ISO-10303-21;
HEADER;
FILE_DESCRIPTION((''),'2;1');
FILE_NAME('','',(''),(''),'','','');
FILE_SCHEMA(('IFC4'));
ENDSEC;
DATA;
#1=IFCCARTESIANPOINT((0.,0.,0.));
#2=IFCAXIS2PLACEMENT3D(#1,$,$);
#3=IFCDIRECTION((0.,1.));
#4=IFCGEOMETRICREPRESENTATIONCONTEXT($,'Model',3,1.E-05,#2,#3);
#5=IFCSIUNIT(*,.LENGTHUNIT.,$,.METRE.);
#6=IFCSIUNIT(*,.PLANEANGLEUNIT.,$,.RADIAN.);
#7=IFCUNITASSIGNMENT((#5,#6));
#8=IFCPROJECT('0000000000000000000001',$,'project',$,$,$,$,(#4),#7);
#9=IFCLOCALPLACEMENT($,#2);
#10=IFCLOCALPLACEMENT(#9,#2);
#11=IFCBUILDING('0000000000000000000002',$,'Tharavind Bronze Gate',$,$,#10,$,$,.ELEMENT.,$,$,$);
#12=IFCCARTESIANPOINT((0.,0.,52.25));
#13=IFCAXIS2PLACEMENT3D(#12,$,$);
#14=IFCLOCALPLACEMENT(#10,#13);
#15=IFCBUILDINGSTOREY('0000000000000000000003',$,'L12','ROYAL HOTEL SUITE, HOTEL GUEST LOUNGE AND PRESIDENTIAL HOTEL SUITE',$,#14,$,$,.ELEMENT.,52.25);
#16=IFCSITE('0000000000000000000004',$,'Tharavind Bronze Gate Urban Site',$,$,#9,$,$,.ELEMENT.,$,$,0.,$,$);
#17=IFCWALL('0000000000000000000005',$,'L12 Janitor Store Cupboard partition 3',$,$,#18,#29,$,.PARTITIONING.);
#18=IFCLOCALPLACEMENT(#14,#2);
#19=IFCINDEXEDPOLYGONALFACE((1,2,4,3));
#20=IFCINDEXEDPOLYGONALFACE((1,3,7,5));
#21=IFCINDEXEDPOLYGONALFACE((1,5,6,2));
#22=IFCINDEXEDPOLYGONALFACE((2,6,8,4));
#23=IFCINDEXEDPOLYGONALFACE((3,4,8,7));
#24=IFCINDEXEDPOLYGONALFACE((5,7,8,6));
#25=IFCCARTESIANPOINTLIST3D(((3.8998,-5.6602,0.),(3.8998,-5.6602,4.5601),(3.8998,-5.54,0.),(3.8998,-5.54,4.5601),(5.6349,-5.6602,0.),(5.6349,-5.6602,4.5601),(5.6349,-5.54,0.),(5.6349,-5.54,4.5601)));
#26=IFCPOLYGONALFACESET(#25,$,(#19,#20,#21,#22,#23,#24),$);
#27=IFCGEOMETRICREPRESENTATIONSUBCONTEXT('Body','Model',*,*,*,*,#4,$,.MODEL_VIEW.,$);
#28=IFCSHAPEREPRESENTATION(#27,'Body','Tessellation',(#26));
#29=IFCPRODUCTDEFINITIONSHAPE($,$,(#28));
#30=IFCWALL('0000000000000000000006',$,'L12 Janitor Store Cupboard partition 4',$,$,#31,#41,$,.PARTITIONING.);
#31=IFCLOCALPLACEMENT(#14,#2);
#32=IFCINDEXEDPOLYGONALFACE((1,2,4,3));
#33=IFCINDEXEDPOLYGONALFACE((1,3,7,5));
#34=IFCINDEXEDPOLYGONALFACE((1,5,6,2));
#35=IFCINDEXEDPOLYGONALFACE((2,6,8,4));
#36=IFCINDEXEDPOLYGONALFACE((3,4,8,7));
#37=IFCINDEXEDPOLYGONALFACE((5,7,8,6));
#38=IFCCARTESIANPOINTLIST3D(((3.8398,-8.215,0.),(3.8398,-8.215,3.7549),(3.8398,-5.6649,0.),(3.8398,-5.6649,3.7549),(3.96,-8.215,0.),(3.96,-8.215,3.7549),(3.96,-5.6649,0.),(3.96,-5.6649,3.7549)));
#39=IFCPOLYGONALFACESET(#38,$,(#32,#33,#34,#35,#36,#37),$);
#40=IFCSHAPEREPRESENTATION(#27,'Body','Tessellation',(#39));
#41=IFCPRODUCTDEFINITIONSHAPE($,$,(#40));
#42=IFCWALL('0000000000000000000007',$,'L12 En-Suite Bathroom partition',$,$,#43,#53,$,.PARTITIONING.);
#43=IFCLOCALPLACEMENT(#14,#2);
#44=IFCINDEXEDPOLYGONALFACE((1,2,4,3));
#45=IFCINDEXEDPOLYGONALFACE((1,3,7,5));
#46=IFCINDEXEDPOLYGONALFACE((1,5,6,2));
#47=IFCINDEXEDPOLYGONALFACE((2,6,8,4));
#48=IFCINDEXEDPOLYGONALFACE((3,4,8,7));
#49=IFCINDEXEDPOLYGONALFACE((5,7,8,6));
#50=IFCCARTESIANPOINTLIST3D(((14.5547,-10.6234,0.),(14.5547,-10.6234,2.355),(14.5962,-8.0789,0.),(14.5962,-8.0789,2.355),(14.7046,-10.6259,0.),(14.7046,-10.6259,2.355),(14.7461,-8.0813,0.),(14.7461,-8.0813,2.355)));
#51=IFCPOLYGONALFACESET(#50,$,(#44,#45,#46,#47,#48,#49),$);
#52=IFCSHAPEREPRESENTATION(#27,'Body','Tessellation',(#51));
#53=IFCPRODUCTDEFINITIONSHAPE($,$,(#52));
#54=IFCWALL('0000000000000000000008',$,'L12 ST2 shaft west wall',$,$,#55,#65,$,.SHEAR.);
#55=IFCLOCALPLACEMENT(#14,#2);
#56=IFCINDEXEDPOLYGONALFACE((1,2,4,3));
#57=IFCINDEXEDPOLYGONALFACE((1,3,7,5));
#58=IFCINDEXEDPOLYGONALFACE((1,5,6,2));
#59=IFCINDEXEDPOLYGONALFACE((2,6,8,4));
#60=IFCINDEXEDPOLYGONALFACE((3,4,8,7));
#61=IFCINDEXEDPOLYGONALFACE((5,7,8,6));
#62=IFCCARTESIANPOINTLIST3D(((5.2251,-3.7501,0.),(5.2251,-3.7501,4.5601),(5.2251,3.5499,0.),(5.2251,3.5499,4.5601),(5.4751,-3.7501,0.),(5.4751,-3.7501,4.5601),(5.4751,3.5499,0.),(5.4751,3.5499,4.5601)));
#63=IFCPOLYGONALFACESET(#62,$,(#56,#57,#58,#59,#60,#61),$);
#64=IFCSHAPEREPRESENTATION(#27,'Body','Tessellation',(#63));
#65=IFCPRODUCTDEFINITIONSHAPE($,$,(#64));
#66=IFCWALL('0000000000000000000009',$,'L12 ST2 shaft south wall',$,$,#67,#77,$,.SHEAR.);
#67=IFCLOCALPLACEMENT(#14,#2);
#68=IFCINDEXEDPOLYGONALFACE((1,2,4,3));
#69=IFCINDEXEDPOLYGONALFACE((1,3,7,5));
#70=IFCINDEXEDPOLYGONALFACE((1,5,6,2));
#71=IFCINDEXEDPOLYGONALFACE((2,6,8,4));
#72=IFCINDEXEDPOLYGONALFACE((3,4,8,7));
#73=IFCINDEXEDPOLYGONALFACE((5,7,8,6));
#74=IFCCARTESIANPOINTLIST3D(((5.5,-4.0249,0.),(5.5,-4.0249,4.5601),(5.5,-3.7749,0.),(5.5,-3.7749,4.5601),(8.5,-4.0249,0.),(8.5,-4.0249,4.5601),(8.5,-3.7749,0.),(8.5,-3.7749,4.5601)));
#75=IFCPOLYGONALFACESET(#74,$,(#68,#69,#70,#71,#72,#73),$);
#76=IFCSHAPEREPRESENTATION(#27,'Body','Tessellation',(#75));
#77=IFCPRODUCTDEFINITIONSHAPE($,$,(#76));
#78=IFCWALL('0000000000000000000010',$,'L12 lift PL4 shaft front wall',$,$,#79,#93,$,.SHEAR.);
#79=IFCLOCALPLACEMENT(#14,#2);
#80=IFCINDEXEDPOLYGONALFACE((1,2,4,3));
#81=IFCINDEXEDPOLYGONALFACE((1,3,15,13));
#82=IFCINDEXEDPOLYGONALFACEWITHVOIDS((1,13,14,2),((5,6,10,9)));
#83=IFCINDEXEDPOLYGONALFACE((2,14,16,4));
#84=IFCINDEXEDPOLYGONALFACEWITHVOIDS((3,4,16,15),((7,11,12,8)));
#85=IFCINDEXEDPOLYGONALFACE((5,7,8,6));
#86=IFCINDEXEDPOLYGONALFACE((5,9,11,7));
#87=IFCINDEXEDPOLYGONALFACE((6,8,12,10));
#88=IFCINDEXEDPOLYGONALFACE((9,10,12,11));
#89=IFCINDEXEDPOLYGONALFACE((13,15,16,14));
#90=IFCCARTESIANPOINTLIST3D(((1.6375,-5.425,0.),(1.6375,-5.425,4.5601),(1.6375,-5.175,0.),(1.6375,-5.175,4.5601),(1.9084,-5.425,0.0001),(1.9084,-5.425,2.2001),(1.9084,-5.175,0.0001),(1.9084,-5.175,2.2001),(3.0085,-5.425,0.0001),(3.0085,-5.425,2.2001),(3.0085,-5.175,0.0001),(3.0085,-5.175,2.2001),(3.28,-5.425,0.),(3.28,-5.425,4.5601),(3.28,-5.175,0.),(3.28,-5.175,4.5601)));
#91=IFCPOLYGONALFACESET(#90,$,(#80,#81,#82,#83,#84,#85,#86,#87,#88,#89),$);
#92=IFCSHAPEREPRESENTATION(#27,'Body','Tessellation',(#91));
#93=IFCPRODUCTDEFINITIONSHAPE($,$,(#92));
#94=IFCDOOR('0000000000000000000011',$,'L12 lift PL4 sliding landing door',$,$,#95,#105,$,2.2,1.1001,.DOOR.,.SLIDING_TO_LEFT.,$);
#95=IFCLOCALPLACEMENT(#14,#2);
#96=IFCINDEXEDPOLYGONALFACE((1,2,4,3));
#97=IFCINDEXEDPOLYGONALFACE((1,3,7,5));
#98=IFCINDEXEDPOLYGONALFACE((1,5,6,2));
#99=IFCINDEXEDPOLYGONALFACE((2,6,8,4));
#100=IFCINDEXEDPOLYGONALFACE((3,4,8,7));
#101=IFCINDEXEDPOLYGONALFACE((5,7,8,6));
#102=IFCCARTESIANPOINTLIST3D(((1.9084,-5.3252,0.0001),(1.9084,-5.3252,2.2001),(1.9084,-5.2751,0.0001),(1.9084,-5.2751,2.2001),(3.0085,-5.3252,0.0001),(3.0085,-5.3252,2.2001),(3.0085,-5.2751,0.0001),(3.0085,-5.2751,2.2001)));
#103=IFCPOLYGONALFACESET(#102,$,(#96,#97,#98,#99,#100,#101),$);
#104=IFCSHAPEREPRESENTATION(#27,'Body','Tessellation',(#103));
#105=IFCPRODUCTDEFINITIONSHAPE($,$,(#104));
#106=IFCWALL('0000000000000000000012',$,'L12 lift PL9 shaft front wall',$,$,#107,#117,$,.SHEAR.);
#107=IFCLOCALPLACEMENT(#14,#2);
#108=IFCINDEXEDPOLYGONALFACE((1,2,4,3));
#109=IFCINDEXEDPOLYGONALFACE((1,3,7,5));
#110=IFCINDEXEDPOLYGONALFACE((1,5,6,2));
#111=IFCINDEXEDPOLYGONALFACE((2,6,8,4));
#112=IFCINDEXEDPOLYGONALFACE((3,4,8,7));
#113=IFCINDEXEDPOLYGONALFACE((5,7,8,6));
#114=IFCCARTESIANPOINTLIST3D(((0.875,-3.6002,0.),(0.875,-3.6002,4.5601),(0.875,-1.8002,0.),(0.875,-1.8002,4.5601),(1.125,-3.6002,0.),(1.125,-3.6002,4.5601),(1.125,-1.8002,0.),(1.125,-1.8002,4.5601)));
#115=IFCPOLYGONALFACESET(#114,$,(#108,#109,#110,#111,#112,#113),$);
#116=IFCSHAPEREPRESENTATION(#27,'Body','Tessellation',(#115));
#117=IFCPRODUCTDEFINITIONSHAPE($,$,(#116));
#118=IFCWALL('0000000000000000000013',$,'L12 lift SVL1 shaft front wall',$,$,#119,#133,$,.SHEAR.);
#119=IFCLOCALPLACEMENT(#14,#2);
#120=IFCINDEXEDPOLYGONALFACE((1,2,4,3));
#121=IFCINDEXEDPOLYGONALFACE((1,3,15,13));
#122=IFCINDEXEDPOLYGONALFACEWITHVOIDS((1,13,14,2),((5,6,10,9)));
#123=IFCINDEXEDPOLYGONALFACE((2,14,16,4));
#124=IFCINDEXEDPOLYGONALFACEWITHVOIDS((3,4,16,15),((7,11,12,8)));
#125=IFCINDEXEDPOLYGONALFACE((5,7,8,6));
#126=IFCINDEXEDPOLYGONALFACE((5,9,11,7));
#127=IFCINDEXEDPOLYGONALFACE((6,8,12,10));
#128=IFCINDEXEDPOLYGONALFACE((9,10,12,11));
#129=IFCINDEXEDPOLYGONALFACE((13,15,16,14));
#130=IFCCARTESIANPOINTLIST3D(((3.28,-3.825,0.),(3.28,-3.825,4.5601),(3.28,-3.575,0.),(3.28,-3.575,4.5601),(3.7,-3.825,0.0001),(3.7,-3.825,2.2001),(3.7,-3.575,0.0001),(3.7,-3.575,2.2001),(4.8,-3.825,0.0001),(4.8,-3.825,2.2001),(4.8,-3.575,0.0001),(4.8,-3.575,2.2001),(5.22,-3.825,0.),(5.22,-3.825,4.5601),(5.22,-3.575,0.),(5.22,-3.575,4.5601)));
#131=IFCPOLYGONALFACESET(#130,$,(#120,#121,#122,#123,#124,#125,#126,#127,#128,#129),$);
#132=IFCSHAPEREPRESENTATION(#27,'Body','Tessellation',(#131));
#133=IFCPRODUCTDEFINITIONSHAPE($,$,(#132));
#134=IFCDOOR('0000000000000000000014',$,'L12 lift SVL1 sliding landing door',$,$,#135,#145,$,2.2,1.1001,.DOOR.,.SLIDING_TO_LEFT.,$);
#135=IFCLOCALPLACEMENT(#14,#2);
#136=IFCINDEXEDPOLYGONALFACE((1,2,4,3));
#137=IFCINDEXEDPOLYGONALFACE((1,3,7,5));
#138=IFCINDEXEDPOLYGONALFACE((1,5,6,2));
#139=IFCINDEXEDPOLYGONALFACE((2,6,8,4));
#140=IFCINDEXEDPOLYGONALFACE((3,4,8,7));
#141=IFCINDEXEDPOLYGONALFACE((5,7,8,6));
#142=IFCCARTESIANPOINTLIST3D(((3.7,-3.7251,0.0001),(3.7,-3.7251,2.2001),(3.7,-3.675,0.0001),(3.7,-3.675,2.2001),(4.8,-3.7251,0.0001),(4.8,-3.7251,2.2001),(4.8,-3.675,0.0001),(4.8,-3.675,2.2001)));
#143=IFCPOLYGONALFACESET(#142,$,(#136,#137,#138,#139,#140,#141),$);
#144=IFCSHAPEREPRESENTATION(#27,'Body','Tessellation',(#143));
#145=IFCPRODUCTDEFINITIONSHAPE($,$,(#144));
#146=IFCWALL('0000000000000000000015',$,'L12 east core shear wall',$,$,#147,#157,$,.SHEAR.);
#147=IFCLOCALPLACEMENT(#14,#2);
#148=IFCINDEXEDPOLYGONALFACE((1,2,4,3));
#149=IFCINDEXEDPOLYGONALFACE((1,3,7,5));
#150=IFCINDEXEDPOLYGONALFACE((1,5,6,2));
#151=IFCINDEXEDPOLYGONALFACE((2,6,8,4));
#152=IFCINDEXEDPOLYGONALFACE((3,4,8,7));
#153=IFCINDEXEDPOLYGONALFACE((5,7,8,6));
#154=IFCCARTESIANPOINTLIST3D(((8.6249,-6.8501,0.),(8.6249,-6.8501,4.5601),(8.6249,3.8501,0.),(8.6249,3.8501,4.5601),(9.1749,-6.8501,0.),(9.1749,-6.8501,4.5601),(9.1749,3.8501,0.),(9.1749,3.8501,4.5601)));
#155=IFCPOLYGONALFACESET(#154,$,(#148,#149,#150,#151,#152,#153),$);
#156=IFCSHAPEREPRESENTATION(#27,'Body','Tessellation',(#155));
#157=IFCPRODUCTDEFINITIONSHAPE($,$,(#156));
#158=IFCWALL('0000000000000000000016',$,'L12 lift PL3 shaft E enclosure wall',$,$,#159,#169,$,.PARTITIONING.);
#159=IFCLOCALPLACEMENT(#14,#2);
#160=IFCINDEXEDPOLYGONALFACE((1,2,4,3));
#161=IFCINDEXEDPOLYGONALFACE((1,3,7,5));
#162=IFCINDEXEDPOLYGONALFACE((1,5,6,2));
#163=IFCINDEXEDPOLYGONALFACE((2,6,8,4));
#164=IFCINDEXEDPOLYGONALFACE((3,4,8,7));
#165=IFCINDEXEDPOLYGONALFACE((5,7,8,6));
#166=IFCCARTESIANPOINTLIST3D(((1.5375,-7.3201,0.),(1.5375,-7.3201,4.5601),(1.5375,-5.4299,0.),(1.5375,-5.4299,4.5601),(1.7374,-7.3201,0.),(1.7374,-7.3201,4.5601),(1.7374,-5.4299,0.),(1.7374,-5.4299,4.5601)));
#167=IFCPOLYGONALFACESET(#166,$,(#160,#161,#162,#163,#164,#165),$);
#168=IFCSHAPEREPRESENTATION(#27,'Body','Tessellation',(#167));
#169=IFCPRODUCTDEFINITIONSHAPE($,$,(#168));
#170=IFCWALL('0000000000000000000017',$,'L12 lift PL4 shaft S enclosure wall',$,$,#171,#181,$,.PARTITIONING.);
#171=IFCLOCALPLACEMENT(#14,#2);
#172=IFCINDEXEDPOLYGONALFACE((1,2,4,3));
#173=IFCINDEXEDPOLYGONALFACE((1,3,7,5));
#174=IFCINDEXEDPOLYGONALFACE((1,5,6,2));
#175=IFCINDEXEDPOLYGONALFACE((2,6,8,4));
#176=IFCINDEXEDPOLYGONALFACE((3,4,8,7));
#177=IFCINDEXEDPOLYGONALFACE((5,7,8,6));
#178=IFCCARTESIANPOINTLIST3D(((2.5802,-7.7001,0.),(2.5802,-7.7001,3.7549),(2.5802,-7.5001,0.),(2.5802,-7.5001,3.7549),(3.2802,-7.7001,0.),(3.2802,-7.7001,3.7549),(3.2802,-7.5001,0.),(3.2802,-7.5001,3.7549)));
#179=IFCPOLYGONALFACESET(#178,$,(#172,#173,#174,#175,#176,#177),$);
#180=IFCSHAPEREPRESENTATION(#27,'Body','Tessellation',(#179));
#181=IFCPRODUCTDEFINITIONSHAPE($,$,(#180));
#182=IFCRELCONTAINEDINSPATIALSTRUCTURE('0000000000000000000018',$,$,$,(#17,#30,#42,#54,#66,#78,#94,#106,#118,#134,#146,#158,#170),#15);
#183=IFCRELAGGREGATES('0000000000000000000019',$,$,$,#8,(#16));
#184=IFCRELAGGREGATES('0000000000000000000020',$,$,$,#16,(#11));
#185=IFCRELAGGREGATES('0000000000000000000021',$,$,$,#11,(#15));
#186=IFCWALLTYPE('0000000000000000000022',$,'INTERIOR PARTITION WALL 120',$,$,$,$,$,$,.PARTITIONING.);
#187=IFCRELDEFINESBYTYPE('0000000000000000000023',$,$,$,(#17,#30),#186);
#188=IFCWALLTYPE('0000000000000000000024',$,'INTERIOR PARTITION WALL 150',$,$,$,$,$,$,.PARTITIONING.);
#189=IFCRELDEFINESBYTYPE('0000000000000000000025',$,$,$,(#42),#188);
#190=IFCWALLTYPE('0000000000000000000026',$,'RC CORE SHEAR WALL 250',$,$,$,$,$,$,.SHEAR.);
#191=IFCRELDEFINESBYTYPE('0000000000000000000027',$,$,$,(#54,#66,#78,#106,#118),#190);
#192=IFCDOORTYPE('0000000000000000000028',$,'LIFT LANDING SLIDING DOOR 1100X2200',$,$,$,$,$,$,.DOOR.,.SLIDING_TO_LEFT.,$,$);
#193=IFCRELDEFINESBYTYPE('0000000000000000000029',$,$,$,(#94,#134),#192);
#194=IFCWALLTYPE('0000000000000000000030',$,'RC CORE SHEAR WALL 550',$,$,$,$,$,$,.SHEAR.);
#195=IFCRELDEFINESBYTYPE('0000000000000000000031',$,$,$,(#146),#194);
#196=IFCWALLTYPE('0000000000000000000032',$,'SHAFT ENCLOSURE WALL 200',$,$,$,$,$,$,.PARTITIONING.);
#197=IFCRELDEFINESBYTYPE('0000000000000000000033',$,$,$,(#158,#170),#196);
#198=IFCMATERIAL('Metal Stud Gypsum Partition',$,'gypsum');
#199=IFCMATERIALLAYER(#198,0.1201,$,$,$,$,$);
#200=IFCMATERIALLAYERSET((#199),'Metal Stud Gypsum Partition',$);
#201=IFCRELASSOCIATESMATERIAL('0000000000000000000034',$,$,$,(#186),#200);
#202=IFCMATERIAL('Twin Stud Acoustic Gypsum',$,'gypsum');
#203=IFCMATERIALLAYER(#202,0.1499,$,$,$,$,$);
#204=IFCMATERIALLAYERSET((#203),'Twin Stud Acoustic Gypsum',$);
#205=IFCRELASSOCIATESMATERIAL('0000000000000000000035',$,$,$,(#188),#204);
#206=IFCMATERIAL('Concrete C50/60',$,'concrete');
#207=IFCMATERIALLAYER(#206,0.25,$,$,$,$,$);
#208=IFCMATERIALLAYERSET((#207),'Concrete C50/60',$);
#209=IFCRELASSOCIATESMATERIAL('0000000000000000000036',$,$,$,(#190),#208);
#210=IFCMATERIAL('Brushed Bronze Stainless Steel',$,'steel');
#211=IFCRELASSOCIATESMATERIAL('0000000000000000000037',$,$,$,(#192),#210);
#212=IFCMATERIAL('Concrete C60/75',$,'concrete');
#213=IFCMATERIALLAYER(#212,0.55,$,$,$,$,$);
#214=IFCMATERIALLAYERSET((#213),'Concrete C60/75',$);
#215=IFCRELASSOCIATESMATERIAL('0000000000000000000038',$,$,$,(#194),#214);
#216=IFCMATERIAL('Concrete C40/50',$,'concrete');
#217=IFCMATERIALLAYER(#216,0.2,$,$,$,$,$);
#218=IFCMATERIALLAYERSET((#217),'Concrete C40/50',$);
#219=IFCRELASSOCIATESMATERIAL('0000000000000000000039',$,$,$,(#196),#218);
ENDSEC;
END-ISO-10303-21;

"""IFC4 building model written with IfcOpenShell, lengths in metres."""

from ifc_helpers import new_model, si_unit, direction, frame, frame_2d, origin, place, context, subcontext, project, spatial, rectangle, extrude, material, layer, layer_set, type_object, element, fill, save


model = new_model("IFC4")

# Units and contexts
model_context = context("Model", 3, precision=1e-05, world=origin(), true_north=direction((0.0, 1.0)))
body_context = subcontext(model_context, "Body", "Model", "MODEL_VIEW")
ifc_project = project(units=[si_unit("LENGTHUNIT", "METRE"), si_unit("PLANEANGLEUNIT", "RADIAN")], contexts=[model_context])

# Site, building, storey
site_placement = place(None, origin())
site = spatial("IfcSite", under=ifc_project, at=site_placement, Name="Tharavind Bronze Gate Urban Site", CompositionType="ELEMENT", RefElevation=0.0)
building_placement = place(site_placement, origin())
building = spatial("IfcBuilding", under=site, at=building_placement, Name="Tharavind Bronze Gate", CompositionType="ELEMENT")
storey_placement = place(building_placement, frame((0.0, 0.0, 52.25)))
storey = spatial("IfcBuildingStorey", under=building, at=storey_placement, Name="L12", Description="ROYAL HOTEL SUITE, HOTEL GUEST LOUNGE AND PRESIDENTIAL HOTEL SUITE", CompositionType="ELEMENT", Elevation=52.25)

# Walls
ifc_material_1 = material(Name="Metal Stud Gypsum Partition", Category="gypsum")
ifc_layer_1 = layer(ifc_material_1, 0.1201)
ifc_layer_set_1 = layer_set([ifc_layer_1], Name="Metal Stud Gypsum Partition")
wall_type_1 = type_object("IfcWallType", Name="INTERIOR PARTITION WALL 120", PredefinedType="PARTITIONING", material=ifc_layer_set_1)
wall_1_placement = place(storey_placement, frame((5.635, -5.6001, 0.0), z_axis=(0.0, 0.0, 1.0), x_axis=(-1.0, 0.0, 0.0)))
element("IfcWall", 1, at=wall_1_placement, inside=storey, type_object=wall_type_1, Name="L12 Janitor Store Cupboard partition 3", PredefinedType="PARTITIONING", context=body_context, shape_type="SweptSolid", body=[
    extrude(rectangle(XDim=1.7351, YDim=0.1201, at=frame_2d((0.8677, 0.0))), origin(), (0.0, 0.0, 1.0), 4.5601),
])
wall_2_placement = place(storey_placement, frame((3.8999, -5.665, 0.0), z_axis=(0.0, 0.0, 1.0), x_axis=(0.0, -1.0, 0.0)))
element("IfcWall", 2, at=wall_2_placement, inside=storey, type_object=wall_type_1, Name="L12 Janitor Store Cupboard partition 4", PredefinedType="PARTITIONING", context=body_context, shape_type="SweptSolid", body=[
    extrude(rectangle(XDim=2.55, YDim=0.1201, at=frame_2d((1.2749, 0.0))), origin(), (0.0, 0.0, 1.0), 3.7549),
])
ifc_material_2 = material(Name="Twin Stud Acoustic Gypsum", Category="gypsum")
ifc_layer_2 = layer(ifc_material_2, 0.1499)
ifc_layer_set_2 = layer_set([ifc_layer_2], Name="Twin Stud Acoustic Gypsum")
wall_type_2 = type_object("IfcWallType", Name="INTERIOR PARTITION WALL 150", PredefinedType="PARTITIONING", material=ifc_layer_set_2)
wall_3_placement = place(storey_placement, frame((14.6711, -8.0801, 0.0), z_axis=(0.0, 0.0, 1.0), x_axis=(-0.016308, -0.999867, 0.0)))
element("IfcWall", 3, at=wall_3_placement, inside=storey, type_object=wall_type_2, Name="L12 En-Suite Bathroom partition", PredefinedType="PARTITIONING", context=body_context, shape_type="SweptSolid", body=[
    extrude(rectangle(XDim=2.5449, YDim=0.1499, at=frame_2d((1.2725, 0.0))), origin(), (0.0, 0.0, 1.0), 2.355),
])
ifc_material_3 = material(Name="Concrete C50/60", Category="concrete")
ifc_layer_3 = layer(ifc_material_3, 0.25)
ifc_layer_set_3 = layer_set([ifc_layer_3], Name="Concrete C50/60")
wall_type_3 = type_object("IfcWallType", Name="RC CORE SHEAR WALL 250", PredefinedType="SHEAR", material=ifc_layer_set_3)
wall_4_placement = place(storey_placement, frame((5.3501, -3.75, 0.0), z_axis=(0.0, 0.0, 1.0), x_axis=(0.0, 1.0, 0.0)))
element("IfcWall", 4, at=wall_4_placement, inside=storey, type_object=wall_type_3, Name="L12 ST2 shaft west wall", PredefinedType="SHEAR", context=body_context, shape_type="SweptSolid", body=[
    extrude(rectangle(XDim=7.3, YDim=0.25, at=frame_2d((3.6499, 0.0))), origin(), (0.0, 0.0, 1.0), 4.5601),
])
wall_5_placement = place(storey_placement, frame((5.5, -3.8999, 0.0), z_axis=(0.0, 0.0, 1.0), x_axis=(1.0, 0.0, 0.0)))
element("IfcWall", 5, at=wall_5_placement, inside=storey, type_object=wall_type_3, Name="L12 ST2 shaft south wall", PredefinedType="SHEAR", context=body_context, shape_type="SweptSolid", body=[
    extrude(rectangle(XDim=3.0, YDim=0.25, at=frame_2d((1.5, 0.0))), origin(), (0.0, 0.0, 1.0), 4.5601),
])

# Wall, opening, door
wall_6_placement = place(storey_placement, frame((1.6375, -5.3, 0.0), z_axis=(0.0, 0.0, 1.0), x_axis=(1.0, 0.0, 0.0)))
wall_6 = element("IfcWall", 6, at=wall_6_placement, inside=storey, type_object=wall_type_3, Name="L12 lift PL4 shaft front wall", PredefinedType="SHEAR", context=body_context, shape_type="SweptSolid", body=[
    extrude(rectangle(XDim=1.6426, YDim=0.25, at=frame_2d((0.8213, 0.0))), origin(), (0.0, 0.0, 1.0), 4.5601),
])
opening_1_placement = place(wall_6_placement, frame((0.271, 0.0, 0.0)))
opening_1 = element("IfcOpeningElement", 7, at=opening_1_placement, cuts=wall_6, PredefinedType="OPENING", context=body_context, shape_type="SweptSolid", body=[
    extrude(rectangle(XDim=1.1001, YDim=2.2, at=frame_2d((0.55, 1.1001))), frame((0.0, 0.135, 0.0), z_axis=(0.0, -1.0, 0.0), x_axis=(1.0, 0.0, 0.0)), (0.0, 0.0, 1.0), 0.27),
])
ifc_material_4 = material(Name="Brushed Bronze Stainless Steel", Category="steel")
door_type_1 = type_object("IfcDoorType", Name="LIFT LANDING SLIDING DOOR 1100X2200", OperationType="SLIDING_TO_LEFT", PredefinedType="DOOR", material=ifc_material_4)
door_1_placement = place(opening_1_placement, origin())
door_1 = element("IfcDoor", 8, at=door_1_placement, inside=storey, type_object=door_type_1, Name="L12 lift PL4 sliding landing door", OperationType="SLIDING_TO_LEFT", OverallHeight=2.2, OverallWidth=1.1001, PredefinedType="DOOR", context=body_context, shape_type="SweptSolid", body=[
    extrude(rectangle(XDim=1.1001, YDim=2.2, at=frame_2d((0.55, 1.1001))), frame((0.0, 0.0249, 0.0), z_axis=(0.0, -1.0, 0.0), x_axis=(1.0, 0.0, 0.0)), (0.0, 0.0, 1.0), 0.05),
])
fill(opening_1, door_1)

# Wall
wall_7_placement = place(storey_placement, frame((1.0, -3.6001, 0.0), z_axis=(0.0, 0.0, 1.0), x_axis=(0.0, 1.0, 0.0)))
element("IfcWall", 9, at=wall_7_placement, inside=storey, type_object=wall_type_3, Name="L12 lift PL9 shaft front wall", PredefinedType="SHEAR", context=body_context, shape_type="SweptSolid", body=[
    extrude(rectangle(XDim=1.8, YDim=0.25, at=frame_2d((0.8999, 0.0))), origin(), (0.0, 0.0, 1.0), 4.5601),
])

# Wall, opening, door
wall_8_placement = place(storey_placement, frame((3.28, -3.7, 0.0), z_axis=(0.0, 0.0, 1.0), x_axis=(1.0, 0.0, 0.0)))
wall_8 = element("IfcWall", 10, at=wall_8_placement, inside=storey, type_object=wall_type_3, Name="L12 lift SVL1 shaft front wall", PredefinedType="SHEAR", context=body_context, shape_type="SweptSolid", body=[
    extrude(rectangle(XDim=1.9399, YDim=0.25, at=frame_2d((0.97, 0.0))), origin(), (0.0, 0.0, 1.0), 4.5601),
])
opening_2_placement = place(wall_8_placement, frame((0.4199, 0.0, 0.0)))
opening_2 = element("IfcOpeningElement", 11, at=opening_2_placement, cuts=wall_8, PredefinedType="OPENING", context=body_context, shape_type="SweptSolid", body=[
    extrude(rectangle(XDim=1.1001, YDim=2.2, at=frame_2d((0.55, 1.1001))), frame((0.0, 0.135, 0.0), z_axis=(0.0, -1.0, 0.0), x_axis=(1.0, 0.0, 0.0)), (0.0, 0.0, 1.0), 0.27),
])
door_2_placement = place(opening_2_placement, origin())
door_2 = element("IfcDoor", 12, at=door_2_placement, inside=storey, type_object=door_type_1, Name="L12 lift SVL1 sliding landing door", OperationType="SLIDING_TO_LEFT", OverallHeight=2.2, OverallWidth=1.1001, PredefinedType="DOOR", context=body_context, shape_type="SweptSolid", body=[
    extrude(rectangle(XDim=1.1001, YDim=2.2, at=frame_2d((0.55, 1.1001))), frame((0.0, 0.0249, 0.0), z_axis=(0.0, -1.0, 0.0), x_axis=(1.0, 0.0, 0.0)), (0.0, 0.0, 1.0), 0.05),
])
fill(opening_2, door_2)

# Walls
ifc_material_5 = material(Name="Concrete C60/75", Category="concrete")
ifc_layer_4 = layer(ifc_material_5, 0.55)
ifc_layer_set_4 = layer_set([ifc_layer_4], Name="Concrete C60/75")
wall_type_4 = type_object("IfcWallType", Name="RC CORE SHEAR WALL 550", PredefinedType="SHEAR", material=ifc_layer_set_4)
wall_9_placement = place(storey_placement, frame((8.8999, -6.8501, 0.0), z_axis=(0.0, 0.0, 1.0), x_axis=(0.0, 1.0, 0.0)))
element("IfcWall", 13, at=wall_9_placement, inside=storey, type_object=wall_type_4, Name="L12 east core shear wall", PredefinedType="SHEAR", context=body_context, shape_type="SweptSolid", body=[
    extrude(rectangle(XDim=10.7002, YDim=0.55, at=frame_2d((5.3501, 0.0))), origin(), (0.0, 0.0, 1.0), 4.5601),
])
ifc_material_6 = material(Name="Concrete C40/50", Category="concrete")
ifc_layer_5 = layer(ifc_material_6, 0.2)
ifc_layer_set_5 = layer_set([ifc_layer_5], Name="Concrete C40/50")
wall_type_5 = type_object("IfcWallType", Name="SHAFT ENCLOSURE WALL 200", PredefinedType="PARTITIONING", material=ifc_layer_set_5)
wall_10_placement = place(storey_placement, frame((1.6375, -7.3201, 0.0), z_axis=(0.0, 0.0, 1.0), x_axis=(0.0, 1.0, 0.0)))
element("IfcWall", 14, at=wall_10_placement, inside=storey, type_object=wall_type_5, Name="L12 lift PL3 shaft E enclosure wall", PredefinedType="PARTITIONING", context=body_context, shape_type="SweptSolid", body=[
    extrude(rectangle(XDim=1.8901, YDim=0.2, at=frame_2d((0.9451, 0.0))), origin(), (0.0, 0.0, 1.0), 4.5601),
])
wall_11_placement = place(storey_placement, frame((2.5801, -7.6001, 0.0), z_axis=(0.0, 0.0, 1.0), x_axis=(1.0, 0.0, 0.0)))
element("IfcWall", 15, at=wall_11_placement, inside=storey, type_object=wall_type_5, Name="L12 lift PL4 shaft S enclosure wall", PredefinedType="PARTITIONING", context=body_context, shape_type="SweptSolid", body=[
    extrude(rectangle(XDim=0.7, YDim=0.2, at=frame_2d((0.3501, 0.0))), origin(), (0.0, 0.0, 1.0), 3.7549),
])

save(model, "model.ifc")
